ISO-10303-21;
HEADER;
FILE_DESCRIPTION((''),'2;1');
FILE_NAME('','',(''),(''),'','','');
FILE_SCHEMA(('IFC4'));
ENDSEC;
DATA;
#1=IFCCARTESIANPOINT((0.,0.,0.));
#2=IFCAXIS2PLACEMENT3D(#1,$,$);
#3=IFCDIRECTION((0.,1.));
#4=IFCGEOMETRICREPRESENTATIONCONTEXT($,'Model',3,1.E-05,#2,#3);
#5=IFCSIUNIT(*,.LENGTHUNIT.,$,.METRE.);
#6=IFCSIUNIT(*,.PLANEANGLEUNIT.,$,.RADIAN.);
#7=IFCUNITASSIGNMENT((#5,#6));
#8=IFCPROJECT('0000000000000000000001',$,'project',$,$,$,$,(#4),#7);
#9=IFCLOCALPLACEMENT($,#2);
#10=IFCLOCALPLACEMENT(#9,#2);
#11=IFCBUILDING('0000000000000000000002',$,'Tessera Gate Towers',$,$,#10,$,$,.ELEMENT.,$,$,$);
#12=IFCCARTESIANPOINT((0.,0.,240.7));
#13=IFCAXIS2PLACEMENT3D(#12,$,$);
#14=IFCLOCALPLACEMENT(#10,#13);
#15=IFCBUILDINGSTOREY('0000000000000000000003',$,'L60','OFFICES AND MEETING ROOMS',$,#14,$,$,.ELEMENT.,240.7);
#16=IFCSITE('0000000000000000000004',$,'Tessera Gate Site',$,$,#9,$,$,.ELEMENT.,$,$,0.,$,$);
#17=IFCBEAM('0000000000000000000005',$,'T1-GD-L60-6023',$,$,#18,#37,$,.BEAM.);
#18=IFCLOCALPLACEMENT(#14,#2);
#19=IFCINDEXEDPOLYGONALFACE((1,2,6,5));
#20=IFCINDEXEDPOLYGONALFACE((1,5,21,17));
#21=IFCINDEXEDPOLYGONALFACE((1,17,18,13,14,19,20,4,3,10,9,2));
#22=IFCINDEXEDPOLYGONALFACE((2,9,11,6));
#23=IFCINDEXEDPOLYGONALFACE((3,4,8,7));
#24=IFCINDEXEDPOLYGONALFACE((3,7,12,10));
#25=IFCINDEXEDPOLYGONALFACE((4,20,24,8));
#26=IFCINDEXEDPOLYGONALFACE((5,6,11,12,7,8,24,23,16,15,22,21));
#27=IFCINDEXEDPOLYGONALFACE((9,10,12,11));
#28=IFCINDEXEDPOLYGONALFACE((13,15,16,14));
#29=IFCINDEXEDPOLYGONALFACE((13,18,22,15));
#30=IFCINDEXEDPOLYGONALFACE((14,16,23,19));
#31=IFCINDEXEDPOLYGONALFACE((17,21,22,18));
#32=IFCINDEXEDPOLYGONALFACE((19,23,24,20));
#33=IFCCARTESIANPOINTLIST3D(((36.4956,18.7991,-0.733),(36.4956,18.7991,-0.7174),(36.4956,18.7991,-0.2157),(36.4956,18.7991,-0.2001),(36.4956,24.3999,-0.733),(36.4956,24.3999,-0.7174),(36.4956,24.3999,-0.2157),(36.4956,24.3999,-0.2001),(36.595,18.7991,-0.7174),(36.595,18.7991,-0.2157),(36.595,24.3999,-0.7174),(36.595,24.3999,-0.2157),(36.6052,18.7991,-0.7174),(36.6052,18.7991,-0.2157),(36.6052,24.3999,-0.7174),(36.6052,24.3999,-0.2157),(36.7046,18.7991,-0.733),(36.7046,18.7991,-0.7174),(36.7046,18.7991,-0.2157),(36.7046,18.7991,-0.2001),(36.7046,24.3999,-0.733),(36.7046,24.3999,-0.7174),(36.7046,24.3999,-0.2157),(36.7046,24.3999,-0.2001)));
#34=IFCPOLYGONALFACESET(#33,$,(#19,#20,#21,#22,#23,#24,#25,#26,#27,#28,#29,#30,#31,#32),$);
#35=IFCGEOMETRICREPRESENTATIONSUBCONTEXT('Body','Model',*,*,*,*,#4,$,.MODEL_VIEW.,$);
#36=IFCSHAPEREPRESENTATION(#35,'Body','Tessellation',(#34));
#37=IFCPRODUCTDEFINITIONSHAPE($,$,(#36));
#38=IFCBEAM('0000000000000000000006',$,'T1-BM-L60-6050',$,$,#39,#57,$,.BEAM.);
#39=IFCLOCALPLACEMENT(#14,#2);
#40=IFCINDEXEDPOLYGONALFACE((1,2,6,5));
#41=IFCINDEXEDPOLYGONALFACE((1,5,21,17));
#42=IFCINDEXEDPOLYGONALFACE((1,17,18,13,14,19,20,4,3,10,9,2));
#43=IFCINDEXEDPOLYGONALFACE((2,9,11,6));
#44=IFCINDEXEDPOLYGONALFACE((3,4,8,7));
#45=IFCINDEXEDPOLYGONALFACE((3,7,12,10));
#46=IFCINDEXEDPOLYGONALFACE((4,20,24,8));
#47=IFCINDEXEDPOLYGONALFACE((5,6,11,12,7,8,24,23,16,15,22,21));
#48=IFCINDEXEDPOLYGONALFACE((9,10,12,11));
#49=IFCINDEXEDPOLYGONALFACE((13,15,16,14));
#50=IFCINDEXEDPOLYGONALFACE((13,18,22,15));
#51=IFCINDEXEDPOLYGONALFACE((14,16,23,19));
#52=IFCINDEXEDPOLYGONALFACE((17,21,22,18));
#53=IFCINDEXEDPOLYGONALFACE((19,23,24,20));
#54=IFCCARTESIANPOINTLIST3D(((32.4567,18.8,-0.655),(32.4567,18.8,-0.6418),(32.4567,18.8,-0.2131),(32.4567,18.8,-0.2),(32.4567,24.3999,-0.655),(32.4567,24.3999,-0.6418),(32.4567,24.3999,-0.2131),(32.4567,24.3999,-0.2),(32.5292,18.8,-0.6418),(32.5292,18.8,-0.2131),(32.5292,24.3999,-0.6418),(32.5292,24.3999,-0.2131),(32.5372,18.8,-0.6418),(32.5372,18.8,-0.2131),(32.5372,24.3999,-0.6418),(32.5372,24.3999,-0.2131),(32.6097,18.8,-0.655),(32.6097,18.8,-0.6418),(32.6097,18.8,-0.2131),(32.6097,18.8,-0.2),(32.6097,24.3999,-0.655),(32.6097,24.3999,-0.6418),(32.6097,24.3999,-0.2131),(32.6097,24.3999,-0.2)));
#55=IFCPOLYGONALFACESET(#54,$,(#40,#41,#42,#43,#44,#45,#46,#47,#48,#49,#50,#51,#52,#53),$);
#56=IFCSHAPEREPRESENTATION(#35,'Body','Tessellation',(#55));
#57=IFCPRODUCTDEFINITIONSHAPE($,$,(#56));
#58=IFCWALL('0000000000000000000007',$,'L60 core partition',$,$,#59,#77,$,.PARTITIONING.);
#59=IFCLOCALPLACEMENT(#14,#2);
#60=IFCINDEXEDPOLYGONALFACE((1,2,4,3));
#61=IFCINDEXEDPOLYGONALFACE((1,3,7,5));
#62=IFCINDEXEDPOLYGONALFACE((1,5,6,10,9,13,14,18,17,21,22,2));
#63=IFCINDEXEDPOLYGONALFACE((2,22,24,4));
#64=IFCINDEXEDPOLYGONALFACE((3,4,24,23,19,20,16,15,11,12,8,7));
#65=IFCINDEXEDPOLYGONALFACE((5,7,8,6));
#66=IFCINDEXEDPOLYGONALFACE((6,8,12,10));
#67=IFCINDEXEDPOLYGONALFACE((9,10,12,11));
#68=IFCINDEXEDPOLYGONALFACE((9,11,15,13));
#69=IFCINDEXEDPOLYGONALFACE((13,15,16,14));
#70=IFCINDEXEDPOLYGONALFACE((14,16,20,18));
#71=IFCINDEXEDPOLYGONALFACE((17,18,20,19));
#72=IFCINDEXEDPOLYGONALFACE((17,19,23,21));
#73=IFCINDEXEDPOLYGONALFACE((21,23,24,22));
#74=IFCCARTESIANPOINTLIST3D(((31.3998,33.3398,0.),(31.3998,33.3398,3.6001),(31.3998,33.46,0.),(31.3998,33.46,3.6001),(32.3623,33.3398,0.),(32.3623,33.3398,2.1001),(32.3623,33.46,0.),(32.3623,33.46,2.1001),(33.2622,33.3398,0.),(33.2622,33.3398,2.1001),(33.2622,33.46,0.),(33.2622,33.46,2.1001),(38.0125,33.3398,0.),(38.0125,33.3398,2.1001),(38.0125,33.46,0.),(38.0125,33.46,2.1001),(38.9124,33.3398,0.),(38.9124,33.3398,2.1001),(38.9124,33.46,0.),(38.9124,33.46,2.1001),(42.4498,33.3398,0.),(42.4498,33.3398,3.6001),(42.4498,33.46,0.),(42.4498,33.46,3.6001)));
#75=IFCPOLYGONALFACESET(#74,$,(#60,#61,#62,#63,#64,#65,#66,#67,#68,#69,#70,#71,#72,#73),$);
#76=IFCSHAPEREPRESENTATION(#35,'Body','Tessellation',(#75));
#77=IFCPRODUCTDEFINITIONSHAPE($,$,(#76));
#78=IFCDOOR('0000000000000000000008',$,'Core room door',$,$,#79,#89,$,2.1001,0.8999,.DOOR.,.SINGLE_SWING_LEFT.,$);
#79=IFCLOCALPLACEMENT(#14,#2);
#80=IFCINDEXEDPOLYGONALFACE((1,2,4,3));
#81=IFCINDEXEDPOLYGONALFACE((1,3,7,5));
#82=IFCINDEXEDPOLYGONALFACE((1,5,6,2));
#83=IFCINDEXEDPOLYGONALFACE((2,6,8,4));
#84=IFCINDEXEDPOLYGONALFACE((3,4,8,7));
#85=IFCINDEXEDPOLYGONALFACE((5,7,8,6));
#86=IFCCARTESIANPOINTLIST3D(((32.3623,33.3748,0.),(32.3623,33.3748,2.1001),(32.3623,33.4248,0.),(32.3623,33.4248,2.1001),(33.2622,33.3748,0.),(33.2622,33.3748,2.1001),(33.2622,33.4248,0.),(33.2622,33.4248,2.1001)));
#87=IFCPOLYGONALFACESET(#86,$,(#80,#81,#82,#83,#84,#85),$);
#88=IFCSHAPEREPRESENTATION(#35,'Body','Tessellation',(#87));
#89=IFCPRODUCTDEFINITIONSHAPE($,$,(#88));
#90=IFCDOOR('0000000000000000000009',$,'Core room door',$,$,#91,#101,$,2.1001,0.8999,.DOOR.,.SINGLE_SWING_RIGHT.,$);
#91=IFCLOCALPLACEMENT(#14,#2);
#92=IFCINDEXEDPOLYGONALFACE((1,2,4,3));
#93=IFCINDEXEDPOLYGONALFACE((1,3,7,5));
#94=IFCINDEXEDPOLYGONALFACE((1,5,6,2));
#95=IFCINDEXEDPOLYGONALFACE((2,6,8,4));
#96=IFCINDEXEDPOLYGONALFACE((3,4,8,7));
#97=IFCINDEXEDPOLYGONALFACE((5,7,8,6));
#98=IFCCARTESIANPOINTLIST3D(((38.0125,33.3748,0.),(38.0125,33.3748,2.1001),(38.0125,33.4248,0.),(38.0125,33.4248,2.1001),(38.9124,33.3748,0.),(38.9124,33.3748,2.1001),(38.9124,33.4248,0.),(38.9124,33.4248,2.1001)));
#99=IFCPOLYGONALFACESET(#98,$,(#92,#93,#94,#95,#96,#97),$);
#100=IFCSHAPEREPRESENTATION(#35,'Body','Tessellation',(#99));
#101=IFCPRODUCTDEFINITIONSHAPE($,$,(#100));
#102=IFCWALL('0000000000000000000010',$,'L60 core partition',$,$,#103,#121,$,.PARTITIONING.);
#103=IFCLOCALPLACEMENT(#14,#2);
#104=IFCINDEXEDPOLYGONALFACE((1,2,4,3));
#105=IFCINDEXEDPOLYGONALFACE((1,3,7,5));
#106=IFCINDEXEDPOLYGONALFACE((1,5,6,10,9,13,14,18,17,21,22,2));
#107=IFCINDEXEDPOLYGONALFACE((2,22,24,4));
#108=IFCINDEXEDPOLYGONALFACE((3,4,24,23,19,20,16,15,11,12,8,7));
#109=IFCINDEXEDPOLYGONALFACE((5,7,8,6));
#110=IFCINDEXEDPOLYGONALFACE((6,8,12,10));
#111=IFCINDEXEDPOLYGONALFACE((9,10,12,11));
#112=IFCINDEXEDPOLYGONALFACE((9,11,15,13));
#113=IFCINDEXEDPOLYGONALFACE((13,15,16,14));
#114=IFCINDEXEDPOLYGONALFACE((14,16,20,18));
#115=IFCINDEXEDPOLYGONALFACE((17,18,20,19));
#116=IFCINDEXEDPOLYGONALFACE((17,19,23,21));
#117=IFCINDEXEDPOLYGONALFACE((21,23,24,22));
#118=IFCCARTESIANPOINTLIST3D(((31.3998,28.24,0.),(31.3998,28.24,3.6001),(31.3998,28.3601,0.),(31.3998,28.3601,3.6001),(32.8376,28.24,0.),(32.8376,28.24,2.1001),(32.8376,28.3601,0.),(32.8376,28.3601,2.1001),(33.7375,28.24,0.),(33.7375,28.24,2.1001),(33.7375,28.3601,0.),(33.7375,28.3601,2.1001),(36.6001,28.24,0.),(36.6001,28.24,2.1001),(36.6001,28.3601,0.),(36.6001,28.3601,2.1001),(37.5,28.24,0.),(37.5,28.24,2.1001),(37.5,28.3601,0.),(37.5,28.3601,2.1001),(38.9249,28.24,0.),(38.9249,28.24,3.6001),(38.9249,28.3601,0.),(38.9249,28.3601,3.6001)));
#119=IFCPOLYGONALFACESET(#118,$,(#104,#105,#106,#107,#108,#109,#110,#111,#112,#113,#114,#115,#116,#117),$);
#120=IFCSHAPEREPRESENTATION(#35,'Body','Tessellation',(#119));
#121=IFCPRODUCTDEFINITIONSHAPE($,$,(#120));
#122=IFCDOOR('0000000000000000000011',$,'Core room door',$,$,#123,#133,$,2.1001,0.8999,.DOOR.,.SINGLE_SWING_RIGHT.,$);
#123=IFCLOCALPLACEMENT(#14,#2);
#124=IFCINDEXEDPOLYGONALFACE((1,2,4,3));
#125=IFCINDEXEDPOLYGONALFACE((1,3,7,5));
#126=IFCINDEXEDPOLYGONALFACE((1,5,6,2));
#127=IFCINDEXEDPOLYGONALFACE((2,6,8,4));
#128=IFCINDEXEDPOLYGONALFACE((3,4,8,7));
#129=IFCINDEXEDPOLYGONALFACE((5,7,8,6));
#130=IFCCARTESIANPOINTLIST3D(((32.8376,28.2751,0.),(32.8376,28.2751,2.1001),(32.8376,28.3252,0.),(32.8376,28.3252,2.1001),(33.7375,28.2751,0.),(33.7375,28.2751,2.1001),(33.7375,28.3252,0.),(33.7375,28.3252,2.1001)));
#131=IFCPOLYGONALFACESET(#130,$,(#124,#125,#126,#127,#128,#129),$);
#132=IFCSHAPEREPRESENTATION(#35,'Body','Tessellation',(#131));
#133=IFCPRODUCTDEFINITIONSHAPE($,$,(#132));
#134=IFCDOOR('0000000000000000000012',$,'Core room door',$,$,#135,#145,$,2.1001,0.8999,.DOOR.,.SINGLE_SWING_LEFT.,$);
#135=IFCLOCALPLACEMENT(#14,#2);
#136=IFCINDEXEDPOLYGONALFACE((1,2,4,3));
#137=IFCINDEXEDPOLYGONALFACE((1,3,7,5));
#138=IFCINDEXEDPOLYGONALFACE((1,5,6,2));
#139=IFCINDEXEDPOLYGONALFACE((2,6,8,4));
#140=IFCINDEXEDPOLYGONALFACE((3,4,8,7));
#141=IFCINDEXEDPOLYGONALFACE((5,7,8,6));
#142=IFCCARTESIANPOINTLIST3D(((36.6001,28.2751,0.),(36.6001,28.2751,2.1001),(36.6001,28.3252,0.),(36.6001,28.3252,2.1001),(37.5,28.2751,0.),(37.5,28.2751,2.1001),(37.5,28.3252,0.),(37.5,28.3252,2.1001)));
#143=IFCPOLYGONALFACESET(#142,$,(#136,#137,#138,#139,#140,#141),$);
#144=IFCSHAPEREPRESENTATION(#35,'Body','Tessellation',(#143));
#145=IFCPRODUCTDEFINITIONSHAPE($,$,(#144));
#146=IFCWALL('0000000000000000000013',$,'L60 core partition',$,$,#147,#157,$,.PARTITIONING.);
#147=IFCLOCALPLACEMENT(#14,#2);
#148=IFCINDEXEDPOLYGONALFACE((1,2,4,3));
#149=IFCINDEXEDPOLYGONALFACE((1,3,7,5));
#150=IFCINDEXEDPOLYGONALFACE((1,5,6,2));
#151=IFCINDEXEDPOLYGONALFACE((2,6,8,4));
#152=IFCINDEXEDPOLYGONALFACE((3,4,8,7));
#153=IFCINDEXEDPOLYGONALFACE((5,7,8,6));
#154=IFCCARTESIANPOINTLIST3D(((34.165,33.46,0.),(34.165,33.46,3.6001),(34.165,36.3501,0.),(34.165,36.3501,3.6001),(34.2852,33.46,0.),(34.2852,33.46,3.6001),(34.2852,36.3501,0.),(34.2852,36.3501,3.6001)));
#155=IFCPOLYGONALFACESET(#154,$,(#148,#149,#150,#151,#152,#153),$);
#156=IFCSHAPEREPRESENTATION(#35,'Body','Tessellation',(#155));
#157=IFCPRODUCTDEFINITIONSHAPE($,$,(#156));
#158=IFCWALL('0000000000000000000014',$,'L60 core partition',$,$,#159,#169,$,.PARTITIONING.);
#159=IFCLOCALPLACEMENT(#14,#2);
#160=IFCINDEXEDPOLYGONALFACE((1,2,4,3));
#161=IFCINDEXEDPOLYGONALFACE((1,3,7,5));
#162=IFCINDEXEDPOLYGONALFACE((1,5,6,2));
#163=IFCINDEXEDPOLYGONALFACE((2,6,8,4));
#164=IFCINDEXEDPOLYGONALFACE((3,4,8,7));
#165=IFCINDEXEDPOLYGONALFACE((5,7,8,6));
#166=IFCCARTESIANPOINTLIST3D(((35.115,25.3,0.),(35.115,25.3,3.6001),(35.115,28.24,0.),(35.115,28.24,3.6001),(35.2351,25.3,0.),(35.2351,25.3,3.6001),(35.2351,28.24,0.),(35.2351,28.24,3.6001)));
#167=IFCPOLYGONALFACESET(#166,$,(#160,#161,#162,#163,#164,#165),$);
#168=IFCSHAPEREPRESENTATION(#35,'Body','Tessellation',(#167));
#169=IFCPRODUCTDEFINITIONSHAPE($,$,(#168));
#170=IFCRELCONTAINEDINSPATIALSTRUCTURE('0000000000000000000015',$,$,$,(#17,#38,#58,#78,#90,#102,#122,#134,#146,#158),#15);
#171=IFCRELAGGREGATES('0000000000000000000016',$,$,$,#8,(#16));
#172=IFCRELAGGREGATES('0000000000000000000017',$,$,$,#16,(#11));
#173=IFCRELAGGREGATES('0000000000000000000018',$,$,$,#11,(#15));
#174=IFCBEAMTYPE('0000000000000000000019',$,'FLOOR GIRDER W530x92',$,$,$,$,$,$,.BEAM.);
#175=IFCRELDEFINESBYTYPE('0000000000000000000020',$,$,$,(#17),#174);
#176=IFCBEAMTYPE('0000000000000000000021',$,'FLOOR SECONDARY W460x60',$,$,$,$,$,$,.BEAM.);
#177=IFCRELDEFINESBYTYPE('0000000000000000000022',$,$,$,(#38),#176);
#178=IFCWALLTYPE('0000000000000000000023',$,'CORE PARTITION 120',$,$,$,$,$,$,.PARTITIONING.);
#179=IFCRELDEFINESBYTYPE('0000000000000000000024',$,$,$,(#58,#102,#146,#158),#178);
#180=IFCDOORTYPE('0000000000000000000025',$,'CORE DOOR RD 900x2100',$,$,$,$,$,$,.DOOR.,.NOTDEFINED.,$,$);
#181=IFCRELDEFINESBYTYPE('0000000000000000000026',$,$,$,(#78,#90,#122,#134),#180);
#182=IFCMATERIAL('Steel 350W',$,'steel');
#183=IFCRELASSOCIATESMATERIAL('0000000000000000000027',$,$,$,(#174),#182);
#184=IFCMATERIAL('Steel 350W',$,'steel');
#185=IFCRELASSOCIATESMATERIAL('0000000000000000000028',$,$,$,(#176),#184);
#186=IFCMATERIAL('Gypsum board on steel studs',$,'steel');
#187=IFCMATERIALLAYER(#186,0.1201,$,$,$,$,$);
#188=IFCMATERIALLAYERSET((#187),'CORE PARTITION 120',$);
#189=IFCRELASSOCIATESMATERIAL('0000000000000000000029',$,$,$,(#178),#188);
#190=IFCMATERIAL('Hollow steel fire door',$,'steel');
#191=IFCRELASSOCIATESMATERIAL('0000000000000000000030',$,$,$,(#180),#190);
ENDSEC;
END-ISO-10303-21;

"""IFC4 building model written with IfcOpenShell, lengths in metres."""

from ifc_helpers import new_model, si_unit, direction, frame, frame_2d, origin, origin_2d, place, context, subcontext, project, spatial, rectangle, i_section, extrude, source, transform, mapped, material, layer, layer_set, material_profile, profile_set, type_object, element, fill, save


model = new_model("IFC4")

# Units and contexts
model_context = context("Model", 3, precision=1e-05, world=origin(), true_north=direction((0.0, 1.0)))
body_context = subcontext(model_context, "Body", "Model", "MODEL_VIEW")
ifc_project = project(units=[si_unit("LENGTHUNIT", "METRE"), si_unit("PLANEANGLEUNIT", "RADIAN")], contexts=[model_context])

# Site, building, storey
site_placement = place(None, origin())
site = spatial("IfcSite", under=ifc_project, at=site_placement, Name="Tessera Gate Site", CompositionType="ELEMENT", RefElevation=0.0)
building_placement = place(site_placement, origin())
building = spatial("IfcBuilding", under=site, at=building_placement, Name="Tessera Gate Towers", CompositionType="ELEMENT")
storey_placement = place(building_placement, frame((0.0, 0.0, 240.7)))
storey = spatial("IfcBuildingStorey", under=building, at=storey_placement, Name="L60", Description="OFFICES AND MEETING ROOMS", CompositionType="ELEMENT", Elevation=240.7)

# Beams
ifc_material_1 = material(Name="Steel 350W", Category="steel")
ifc_material_profile_1 = material_profile(ifc_material_1, i_section(OverallWidth=0.209, OverallDepth=0.533, WebThickness=0.0103, FlangeThickness=0.0156, at=origin_2d()), Name="W530x92")
ifc_profile_set_1 = profile_set([ifc_material_profile_1], Name="Steel 350W")
beam_type_1 = type_object("IfcBeamType", Name="FLOOR GIRDER W530x92", PredefinedType="BEAM", material=ifc_profile_set_1)
beam_1_placement = place(storey_placement, frame((36.6001, 18.7991, -0.4666), z_axis=(0.0, 1.0, 0.0), x_axis=(-1.0, 0.0, 0.0)))
element("IfcBeam", 1, at=beam_1_placement, inside=storey, type_object=beam_type_1, Name="T1-GD-L60-6023", PredefinedType="BEAM", context=body_context, shape_type="SweptSolid", body=[
    extrude(i_section(OverallWidth=0.209, OverallDepth=0.533, WebThickness=0.0103, FlangeThickness=0.0156, at=origin_2d()), origin(), (0.0, 0.0, 1.0), 5.6008),
])
ifc_material_2 = material(Name="Steel 350W", Category="steel")
ifc_material_profile_2 = material_profile(ifc_material_2, i_section(OverallWidth=0.1531, OverallDepth=0.4551, WebThickness=0.0081, FlangeThickness=0.0132, at=origin_2d()), Name="W460x60")
ifc_profile_set_2 = profile_set([ifc_material_profile_2], Name="Steel 350W")
beam_type_2 = type_object("IfcBeamType", Name="FLOOR SECONDARY W460x60", PredefinedType="BEAM", material=ifc_profile_set_2)
beam_2_placement = place(storey_placement, frame((32.5332, 18.8, -0.4275), z_axis=(0.0, 1.0, 0.0), x_axis=(-1.0, 0.0, 0.0)))
element("IfcBeam", 2, at=beam_2_placement, inside=storey, type_object=beam_type_2, Name="T1-BM-L60-6050", PredefinedType="BEAM", context=body_context, shape_type="SweptSolid", body=[
    extrude(i_section(OverallWidth=0.1531, OverallDepth=0.4551, WebThickness=0.0081, FlangeThickness=0.0132, at=origin_2d()), origin(), (0.0, 0.0, 1.0), 5.5999),
])

# Walls, openings, doors
ifc_material_3 = material(Name="Gypsum board on steel studs", Category="steel")
ifc_layer_1 = layer(ifc_material_3, 0.1201)
ifc_layer_set_1 = layer_set([ifc_layer_1], Name="CORE PARTITION 120")
wall_type_1 = type_object("IfcWallType", Name="CORE PARTITION 120", PredefinedType="PARTITIONING", material=ifc_layer_set_1)
wall_1_placement = place(storey_placement, frame((31.3999, 33.3999, 0.0), z_axis=(0.0, 0.0, 1.0), x_axis=(1.0, 0.0, 0.0)))
wall_1 = element("IfcWall", 3, at=wall_1_placement, inside=storey, type_object=wall_type_1, Name="L60 core partition", PredefinedType="PARTITIONING", context=body_context, shape_type="SweptSolid", body=[
    extrude(rectangle(XDim=11.05, YDim=0.1201, at=frame_2d((5.5249, 0.0))), origin(), (0.0, 0.0, 1.0), 3.6001),
])
shared_shape_1 = source(origin(), body_context, "Body", "SweptSolid", [
    extrude(rectangle(XDim=0.8999, YDim=2.1001, at=frame_2d((0.45, 1.05))), frame((0.0, 0.0701, 0.0), z_axis=(0.0, -1.0, 0.0), x_axis=(1.0, 0.0, 0.0)), (0.0, 0.0, 1.0), 0.1401),
])
opening_1_placement = place(wall_1_placement, frame((0.9624, 0.0, 0.0)))
opening_1 = element("IfcOpeningElement", 4, at=opening_1_placement, cuts=wall_1, PredefinedType="OPENING", context=body_context, shape_type="MappedRepresentation", body=[
    mapped(shared_shape_1, transform((0.0, 0.0, 0.0), scale=1.0)),
])
opening_2_placement = place(wall_1_placement, frame((6.6125, 0.0, 0.0)))
opening_2 = element("IfcOpeningElement", 5, at=opening_2_placement, cuts=wall_1, PredefinedType="OPENING", context=body_context, shape_type="MappedRepresentation", body=[
    mapped(shared_shape_1, transform((0.0, 0.0, 0.0), scale=1.0)),
])
ifc_material_4 = material(Name="Hollow steel fire door", Category="steel")
door_type_1 = type_object("IfcDoorType", Name="CORE DOOR RD 900x2100", OperationType="NOTDEFINED", PredefinedType="DOOR", material=ifc_material_4)
shared_shape_2 = source(origin(), body_context, "Body", "SweptSolid", [
    extrude(rectangle(XDim=0.8999, YDim=2.1001, at=frame_2d((0.45, 1.05))), frame((0.0, 0.0249, 0.0), z_axis=(0.0, -1.0, 0.0), x_axis=(1.0, 0.0, 0.0)), (0.0, 0.0, 1.0), 0.05),
])
door_1_placement = place(opening_1_placement, origin())
door_1 = element("IfcDoor", 6, at=door_1_placement, inside=storey, type_object=door_type_1, Name="Core room door", OperationType="SINGLE_SWING_LEFT", OverallHeight=2.1001, OverallWidth=0.8999, PredefinedType="DOOR", context=body_context, shape_type="MappedRepresentation", body=[
    mapped(shared_shape_2, transform((0.0, 0.0, 0.0), scale=1.0)),
])
fill(opening_1, door_1)
door_2_placement = place(opening_2_placement, origin())
door_2 = element("IfcDoor", 7, at=door_2_placement, inside=storey, type_object=door_type_1, Name="Core room door", OperationType="SINGLE_SWING_RIGHT", OverallHeight=2.1001, OverallWidth=0.8999, PredefinedType="DOOR", context=body_context, shape_type="MappedRepresentation", body=[
    mapped(shared_shape_2, transform((0.0, 0.0, 0.0), scale=1.0)),
])
fill(opening_2, door_2)
wall_2_placement = place(storey_placement, frame((38.925, 28.3, 0.0), z_axis=(0.0, 0.0, 1.0), x_axis=(-1.0, 0.0, 0.0)))
wall_2 = element("IfcWall", 8, at=wall_2_placement, inside=storey, type_object=wall_type_1, Name="L60 core partition", PredefinedType="PARTITIONING", context=body_context, shape_type="SweptSolid", body=[
    extrude(rectangle(XDim=7.5251, YDim=0.1201, at=frame_2d((3.7627, 0.0))), origin(), (0.0, 0.0, 1.0), 3.6001),
])
opening_3_placement = place(wall_2_placement, frame((5.1875, 0.0, 0.0)))
opening_3 = element("IfcOpeningElement", 9, at=opening_3_placement, cuts=wall_2, PredefinedType="OPENING", context=body_context, shape_type="MappedRepresentation", body=[
    mapped(shared_shape_1, transform((0.0, 0.0, 0.0), scale=1.0)),
])
opening_4_placement = place(wall_2_placement, frame((1.425, 0.0, 0.0)))
opening_4 = element("IfcOpeningElement", 10, at=opening_4_placement, cuts=wall_2, PredefinedType="OPENING", context=body_context, shape_type="MappedRepresentation", body=[
    mapped(shared_shape_1, transform((0.0, 0.0, 0.0), scale=1.0)),
])
door_3_placement = place(opening_3_placement, origin())
door_3 = element("IfcDoor", 11, at=door_3_placement, inside=storey, type_object=door_type_1, Name="Core room door", OperationType="SINGLE_SWING_RIGHT", OverallHeight=2.1001, OverallWidth=0.8999, PredefinedType="DOOR", context=body_context, shape_type="MappedRepresentation", body=[
    mapped(shared_shape_2, transform((0.0, 0.0, 0.0), scale=1.0)),
])
fill(opening_3, door_3)
door_4_placement = place(opening_4_placement, origin())
door_4 = element("IfcDoor", 12, at=door_4_placement, inside=storey, type_object=door_type_1, Name="Core room door", OperationType="SINGLE_SWING_LEFT", OverallHeight=2.1001, OverallWidth=0.8999, PredefinedType="DOOR", context=body_context, shape_type="MappedRepresentation", body=[
    mapped(shared_shape_2, transform((0.0, 0.0, 0.0), scale=1.0)),
])
fill(opening_4, door_4)

# Walls
wall_3_placement = place(storey_placement, frame((34.2251, 33.46, 0.0), z_axis=(0.0, 0.0, 1.0), x_axis=(0.0, 1.0, 0.0)))
element("IfcWall", 13, at=wall_3_placement, inside=storey, type_object=wall_type_1, Name="L60 core partition", PredefinedType="PARTITIONING", context=body_context, shape_type="SweptSolid", body=[
    extrude(rectangle(XDim=2.8901, YDim=0.1201, at=frame_2d((1.4451, 0.0))), origin(), (0.0, 0.0, 1.0), 3.6001),
])
wall_4_placement = place(storey_placement, frame((35.175, 25.3, 0.0), z_axis=(0.0, 0.0, 1.0), x_axis=(0.0, 1.0, 0.0)))
element("IfcWall", 14, at=wall_4_placement, inside=storey, type_object=wall_type_1, Name="L60 core partition", PredefinedType="PARTITIONING", context=body_context, shape_type="SweptSolid", body=[
    extrude(rectangle(XDim=2.9399, YDim=0.1201, at=frame_2d((1.47, 0.0))), origin(), (0.0, 0.0, 1.0), 3.6001),
])

save(model, "model.ifc")
